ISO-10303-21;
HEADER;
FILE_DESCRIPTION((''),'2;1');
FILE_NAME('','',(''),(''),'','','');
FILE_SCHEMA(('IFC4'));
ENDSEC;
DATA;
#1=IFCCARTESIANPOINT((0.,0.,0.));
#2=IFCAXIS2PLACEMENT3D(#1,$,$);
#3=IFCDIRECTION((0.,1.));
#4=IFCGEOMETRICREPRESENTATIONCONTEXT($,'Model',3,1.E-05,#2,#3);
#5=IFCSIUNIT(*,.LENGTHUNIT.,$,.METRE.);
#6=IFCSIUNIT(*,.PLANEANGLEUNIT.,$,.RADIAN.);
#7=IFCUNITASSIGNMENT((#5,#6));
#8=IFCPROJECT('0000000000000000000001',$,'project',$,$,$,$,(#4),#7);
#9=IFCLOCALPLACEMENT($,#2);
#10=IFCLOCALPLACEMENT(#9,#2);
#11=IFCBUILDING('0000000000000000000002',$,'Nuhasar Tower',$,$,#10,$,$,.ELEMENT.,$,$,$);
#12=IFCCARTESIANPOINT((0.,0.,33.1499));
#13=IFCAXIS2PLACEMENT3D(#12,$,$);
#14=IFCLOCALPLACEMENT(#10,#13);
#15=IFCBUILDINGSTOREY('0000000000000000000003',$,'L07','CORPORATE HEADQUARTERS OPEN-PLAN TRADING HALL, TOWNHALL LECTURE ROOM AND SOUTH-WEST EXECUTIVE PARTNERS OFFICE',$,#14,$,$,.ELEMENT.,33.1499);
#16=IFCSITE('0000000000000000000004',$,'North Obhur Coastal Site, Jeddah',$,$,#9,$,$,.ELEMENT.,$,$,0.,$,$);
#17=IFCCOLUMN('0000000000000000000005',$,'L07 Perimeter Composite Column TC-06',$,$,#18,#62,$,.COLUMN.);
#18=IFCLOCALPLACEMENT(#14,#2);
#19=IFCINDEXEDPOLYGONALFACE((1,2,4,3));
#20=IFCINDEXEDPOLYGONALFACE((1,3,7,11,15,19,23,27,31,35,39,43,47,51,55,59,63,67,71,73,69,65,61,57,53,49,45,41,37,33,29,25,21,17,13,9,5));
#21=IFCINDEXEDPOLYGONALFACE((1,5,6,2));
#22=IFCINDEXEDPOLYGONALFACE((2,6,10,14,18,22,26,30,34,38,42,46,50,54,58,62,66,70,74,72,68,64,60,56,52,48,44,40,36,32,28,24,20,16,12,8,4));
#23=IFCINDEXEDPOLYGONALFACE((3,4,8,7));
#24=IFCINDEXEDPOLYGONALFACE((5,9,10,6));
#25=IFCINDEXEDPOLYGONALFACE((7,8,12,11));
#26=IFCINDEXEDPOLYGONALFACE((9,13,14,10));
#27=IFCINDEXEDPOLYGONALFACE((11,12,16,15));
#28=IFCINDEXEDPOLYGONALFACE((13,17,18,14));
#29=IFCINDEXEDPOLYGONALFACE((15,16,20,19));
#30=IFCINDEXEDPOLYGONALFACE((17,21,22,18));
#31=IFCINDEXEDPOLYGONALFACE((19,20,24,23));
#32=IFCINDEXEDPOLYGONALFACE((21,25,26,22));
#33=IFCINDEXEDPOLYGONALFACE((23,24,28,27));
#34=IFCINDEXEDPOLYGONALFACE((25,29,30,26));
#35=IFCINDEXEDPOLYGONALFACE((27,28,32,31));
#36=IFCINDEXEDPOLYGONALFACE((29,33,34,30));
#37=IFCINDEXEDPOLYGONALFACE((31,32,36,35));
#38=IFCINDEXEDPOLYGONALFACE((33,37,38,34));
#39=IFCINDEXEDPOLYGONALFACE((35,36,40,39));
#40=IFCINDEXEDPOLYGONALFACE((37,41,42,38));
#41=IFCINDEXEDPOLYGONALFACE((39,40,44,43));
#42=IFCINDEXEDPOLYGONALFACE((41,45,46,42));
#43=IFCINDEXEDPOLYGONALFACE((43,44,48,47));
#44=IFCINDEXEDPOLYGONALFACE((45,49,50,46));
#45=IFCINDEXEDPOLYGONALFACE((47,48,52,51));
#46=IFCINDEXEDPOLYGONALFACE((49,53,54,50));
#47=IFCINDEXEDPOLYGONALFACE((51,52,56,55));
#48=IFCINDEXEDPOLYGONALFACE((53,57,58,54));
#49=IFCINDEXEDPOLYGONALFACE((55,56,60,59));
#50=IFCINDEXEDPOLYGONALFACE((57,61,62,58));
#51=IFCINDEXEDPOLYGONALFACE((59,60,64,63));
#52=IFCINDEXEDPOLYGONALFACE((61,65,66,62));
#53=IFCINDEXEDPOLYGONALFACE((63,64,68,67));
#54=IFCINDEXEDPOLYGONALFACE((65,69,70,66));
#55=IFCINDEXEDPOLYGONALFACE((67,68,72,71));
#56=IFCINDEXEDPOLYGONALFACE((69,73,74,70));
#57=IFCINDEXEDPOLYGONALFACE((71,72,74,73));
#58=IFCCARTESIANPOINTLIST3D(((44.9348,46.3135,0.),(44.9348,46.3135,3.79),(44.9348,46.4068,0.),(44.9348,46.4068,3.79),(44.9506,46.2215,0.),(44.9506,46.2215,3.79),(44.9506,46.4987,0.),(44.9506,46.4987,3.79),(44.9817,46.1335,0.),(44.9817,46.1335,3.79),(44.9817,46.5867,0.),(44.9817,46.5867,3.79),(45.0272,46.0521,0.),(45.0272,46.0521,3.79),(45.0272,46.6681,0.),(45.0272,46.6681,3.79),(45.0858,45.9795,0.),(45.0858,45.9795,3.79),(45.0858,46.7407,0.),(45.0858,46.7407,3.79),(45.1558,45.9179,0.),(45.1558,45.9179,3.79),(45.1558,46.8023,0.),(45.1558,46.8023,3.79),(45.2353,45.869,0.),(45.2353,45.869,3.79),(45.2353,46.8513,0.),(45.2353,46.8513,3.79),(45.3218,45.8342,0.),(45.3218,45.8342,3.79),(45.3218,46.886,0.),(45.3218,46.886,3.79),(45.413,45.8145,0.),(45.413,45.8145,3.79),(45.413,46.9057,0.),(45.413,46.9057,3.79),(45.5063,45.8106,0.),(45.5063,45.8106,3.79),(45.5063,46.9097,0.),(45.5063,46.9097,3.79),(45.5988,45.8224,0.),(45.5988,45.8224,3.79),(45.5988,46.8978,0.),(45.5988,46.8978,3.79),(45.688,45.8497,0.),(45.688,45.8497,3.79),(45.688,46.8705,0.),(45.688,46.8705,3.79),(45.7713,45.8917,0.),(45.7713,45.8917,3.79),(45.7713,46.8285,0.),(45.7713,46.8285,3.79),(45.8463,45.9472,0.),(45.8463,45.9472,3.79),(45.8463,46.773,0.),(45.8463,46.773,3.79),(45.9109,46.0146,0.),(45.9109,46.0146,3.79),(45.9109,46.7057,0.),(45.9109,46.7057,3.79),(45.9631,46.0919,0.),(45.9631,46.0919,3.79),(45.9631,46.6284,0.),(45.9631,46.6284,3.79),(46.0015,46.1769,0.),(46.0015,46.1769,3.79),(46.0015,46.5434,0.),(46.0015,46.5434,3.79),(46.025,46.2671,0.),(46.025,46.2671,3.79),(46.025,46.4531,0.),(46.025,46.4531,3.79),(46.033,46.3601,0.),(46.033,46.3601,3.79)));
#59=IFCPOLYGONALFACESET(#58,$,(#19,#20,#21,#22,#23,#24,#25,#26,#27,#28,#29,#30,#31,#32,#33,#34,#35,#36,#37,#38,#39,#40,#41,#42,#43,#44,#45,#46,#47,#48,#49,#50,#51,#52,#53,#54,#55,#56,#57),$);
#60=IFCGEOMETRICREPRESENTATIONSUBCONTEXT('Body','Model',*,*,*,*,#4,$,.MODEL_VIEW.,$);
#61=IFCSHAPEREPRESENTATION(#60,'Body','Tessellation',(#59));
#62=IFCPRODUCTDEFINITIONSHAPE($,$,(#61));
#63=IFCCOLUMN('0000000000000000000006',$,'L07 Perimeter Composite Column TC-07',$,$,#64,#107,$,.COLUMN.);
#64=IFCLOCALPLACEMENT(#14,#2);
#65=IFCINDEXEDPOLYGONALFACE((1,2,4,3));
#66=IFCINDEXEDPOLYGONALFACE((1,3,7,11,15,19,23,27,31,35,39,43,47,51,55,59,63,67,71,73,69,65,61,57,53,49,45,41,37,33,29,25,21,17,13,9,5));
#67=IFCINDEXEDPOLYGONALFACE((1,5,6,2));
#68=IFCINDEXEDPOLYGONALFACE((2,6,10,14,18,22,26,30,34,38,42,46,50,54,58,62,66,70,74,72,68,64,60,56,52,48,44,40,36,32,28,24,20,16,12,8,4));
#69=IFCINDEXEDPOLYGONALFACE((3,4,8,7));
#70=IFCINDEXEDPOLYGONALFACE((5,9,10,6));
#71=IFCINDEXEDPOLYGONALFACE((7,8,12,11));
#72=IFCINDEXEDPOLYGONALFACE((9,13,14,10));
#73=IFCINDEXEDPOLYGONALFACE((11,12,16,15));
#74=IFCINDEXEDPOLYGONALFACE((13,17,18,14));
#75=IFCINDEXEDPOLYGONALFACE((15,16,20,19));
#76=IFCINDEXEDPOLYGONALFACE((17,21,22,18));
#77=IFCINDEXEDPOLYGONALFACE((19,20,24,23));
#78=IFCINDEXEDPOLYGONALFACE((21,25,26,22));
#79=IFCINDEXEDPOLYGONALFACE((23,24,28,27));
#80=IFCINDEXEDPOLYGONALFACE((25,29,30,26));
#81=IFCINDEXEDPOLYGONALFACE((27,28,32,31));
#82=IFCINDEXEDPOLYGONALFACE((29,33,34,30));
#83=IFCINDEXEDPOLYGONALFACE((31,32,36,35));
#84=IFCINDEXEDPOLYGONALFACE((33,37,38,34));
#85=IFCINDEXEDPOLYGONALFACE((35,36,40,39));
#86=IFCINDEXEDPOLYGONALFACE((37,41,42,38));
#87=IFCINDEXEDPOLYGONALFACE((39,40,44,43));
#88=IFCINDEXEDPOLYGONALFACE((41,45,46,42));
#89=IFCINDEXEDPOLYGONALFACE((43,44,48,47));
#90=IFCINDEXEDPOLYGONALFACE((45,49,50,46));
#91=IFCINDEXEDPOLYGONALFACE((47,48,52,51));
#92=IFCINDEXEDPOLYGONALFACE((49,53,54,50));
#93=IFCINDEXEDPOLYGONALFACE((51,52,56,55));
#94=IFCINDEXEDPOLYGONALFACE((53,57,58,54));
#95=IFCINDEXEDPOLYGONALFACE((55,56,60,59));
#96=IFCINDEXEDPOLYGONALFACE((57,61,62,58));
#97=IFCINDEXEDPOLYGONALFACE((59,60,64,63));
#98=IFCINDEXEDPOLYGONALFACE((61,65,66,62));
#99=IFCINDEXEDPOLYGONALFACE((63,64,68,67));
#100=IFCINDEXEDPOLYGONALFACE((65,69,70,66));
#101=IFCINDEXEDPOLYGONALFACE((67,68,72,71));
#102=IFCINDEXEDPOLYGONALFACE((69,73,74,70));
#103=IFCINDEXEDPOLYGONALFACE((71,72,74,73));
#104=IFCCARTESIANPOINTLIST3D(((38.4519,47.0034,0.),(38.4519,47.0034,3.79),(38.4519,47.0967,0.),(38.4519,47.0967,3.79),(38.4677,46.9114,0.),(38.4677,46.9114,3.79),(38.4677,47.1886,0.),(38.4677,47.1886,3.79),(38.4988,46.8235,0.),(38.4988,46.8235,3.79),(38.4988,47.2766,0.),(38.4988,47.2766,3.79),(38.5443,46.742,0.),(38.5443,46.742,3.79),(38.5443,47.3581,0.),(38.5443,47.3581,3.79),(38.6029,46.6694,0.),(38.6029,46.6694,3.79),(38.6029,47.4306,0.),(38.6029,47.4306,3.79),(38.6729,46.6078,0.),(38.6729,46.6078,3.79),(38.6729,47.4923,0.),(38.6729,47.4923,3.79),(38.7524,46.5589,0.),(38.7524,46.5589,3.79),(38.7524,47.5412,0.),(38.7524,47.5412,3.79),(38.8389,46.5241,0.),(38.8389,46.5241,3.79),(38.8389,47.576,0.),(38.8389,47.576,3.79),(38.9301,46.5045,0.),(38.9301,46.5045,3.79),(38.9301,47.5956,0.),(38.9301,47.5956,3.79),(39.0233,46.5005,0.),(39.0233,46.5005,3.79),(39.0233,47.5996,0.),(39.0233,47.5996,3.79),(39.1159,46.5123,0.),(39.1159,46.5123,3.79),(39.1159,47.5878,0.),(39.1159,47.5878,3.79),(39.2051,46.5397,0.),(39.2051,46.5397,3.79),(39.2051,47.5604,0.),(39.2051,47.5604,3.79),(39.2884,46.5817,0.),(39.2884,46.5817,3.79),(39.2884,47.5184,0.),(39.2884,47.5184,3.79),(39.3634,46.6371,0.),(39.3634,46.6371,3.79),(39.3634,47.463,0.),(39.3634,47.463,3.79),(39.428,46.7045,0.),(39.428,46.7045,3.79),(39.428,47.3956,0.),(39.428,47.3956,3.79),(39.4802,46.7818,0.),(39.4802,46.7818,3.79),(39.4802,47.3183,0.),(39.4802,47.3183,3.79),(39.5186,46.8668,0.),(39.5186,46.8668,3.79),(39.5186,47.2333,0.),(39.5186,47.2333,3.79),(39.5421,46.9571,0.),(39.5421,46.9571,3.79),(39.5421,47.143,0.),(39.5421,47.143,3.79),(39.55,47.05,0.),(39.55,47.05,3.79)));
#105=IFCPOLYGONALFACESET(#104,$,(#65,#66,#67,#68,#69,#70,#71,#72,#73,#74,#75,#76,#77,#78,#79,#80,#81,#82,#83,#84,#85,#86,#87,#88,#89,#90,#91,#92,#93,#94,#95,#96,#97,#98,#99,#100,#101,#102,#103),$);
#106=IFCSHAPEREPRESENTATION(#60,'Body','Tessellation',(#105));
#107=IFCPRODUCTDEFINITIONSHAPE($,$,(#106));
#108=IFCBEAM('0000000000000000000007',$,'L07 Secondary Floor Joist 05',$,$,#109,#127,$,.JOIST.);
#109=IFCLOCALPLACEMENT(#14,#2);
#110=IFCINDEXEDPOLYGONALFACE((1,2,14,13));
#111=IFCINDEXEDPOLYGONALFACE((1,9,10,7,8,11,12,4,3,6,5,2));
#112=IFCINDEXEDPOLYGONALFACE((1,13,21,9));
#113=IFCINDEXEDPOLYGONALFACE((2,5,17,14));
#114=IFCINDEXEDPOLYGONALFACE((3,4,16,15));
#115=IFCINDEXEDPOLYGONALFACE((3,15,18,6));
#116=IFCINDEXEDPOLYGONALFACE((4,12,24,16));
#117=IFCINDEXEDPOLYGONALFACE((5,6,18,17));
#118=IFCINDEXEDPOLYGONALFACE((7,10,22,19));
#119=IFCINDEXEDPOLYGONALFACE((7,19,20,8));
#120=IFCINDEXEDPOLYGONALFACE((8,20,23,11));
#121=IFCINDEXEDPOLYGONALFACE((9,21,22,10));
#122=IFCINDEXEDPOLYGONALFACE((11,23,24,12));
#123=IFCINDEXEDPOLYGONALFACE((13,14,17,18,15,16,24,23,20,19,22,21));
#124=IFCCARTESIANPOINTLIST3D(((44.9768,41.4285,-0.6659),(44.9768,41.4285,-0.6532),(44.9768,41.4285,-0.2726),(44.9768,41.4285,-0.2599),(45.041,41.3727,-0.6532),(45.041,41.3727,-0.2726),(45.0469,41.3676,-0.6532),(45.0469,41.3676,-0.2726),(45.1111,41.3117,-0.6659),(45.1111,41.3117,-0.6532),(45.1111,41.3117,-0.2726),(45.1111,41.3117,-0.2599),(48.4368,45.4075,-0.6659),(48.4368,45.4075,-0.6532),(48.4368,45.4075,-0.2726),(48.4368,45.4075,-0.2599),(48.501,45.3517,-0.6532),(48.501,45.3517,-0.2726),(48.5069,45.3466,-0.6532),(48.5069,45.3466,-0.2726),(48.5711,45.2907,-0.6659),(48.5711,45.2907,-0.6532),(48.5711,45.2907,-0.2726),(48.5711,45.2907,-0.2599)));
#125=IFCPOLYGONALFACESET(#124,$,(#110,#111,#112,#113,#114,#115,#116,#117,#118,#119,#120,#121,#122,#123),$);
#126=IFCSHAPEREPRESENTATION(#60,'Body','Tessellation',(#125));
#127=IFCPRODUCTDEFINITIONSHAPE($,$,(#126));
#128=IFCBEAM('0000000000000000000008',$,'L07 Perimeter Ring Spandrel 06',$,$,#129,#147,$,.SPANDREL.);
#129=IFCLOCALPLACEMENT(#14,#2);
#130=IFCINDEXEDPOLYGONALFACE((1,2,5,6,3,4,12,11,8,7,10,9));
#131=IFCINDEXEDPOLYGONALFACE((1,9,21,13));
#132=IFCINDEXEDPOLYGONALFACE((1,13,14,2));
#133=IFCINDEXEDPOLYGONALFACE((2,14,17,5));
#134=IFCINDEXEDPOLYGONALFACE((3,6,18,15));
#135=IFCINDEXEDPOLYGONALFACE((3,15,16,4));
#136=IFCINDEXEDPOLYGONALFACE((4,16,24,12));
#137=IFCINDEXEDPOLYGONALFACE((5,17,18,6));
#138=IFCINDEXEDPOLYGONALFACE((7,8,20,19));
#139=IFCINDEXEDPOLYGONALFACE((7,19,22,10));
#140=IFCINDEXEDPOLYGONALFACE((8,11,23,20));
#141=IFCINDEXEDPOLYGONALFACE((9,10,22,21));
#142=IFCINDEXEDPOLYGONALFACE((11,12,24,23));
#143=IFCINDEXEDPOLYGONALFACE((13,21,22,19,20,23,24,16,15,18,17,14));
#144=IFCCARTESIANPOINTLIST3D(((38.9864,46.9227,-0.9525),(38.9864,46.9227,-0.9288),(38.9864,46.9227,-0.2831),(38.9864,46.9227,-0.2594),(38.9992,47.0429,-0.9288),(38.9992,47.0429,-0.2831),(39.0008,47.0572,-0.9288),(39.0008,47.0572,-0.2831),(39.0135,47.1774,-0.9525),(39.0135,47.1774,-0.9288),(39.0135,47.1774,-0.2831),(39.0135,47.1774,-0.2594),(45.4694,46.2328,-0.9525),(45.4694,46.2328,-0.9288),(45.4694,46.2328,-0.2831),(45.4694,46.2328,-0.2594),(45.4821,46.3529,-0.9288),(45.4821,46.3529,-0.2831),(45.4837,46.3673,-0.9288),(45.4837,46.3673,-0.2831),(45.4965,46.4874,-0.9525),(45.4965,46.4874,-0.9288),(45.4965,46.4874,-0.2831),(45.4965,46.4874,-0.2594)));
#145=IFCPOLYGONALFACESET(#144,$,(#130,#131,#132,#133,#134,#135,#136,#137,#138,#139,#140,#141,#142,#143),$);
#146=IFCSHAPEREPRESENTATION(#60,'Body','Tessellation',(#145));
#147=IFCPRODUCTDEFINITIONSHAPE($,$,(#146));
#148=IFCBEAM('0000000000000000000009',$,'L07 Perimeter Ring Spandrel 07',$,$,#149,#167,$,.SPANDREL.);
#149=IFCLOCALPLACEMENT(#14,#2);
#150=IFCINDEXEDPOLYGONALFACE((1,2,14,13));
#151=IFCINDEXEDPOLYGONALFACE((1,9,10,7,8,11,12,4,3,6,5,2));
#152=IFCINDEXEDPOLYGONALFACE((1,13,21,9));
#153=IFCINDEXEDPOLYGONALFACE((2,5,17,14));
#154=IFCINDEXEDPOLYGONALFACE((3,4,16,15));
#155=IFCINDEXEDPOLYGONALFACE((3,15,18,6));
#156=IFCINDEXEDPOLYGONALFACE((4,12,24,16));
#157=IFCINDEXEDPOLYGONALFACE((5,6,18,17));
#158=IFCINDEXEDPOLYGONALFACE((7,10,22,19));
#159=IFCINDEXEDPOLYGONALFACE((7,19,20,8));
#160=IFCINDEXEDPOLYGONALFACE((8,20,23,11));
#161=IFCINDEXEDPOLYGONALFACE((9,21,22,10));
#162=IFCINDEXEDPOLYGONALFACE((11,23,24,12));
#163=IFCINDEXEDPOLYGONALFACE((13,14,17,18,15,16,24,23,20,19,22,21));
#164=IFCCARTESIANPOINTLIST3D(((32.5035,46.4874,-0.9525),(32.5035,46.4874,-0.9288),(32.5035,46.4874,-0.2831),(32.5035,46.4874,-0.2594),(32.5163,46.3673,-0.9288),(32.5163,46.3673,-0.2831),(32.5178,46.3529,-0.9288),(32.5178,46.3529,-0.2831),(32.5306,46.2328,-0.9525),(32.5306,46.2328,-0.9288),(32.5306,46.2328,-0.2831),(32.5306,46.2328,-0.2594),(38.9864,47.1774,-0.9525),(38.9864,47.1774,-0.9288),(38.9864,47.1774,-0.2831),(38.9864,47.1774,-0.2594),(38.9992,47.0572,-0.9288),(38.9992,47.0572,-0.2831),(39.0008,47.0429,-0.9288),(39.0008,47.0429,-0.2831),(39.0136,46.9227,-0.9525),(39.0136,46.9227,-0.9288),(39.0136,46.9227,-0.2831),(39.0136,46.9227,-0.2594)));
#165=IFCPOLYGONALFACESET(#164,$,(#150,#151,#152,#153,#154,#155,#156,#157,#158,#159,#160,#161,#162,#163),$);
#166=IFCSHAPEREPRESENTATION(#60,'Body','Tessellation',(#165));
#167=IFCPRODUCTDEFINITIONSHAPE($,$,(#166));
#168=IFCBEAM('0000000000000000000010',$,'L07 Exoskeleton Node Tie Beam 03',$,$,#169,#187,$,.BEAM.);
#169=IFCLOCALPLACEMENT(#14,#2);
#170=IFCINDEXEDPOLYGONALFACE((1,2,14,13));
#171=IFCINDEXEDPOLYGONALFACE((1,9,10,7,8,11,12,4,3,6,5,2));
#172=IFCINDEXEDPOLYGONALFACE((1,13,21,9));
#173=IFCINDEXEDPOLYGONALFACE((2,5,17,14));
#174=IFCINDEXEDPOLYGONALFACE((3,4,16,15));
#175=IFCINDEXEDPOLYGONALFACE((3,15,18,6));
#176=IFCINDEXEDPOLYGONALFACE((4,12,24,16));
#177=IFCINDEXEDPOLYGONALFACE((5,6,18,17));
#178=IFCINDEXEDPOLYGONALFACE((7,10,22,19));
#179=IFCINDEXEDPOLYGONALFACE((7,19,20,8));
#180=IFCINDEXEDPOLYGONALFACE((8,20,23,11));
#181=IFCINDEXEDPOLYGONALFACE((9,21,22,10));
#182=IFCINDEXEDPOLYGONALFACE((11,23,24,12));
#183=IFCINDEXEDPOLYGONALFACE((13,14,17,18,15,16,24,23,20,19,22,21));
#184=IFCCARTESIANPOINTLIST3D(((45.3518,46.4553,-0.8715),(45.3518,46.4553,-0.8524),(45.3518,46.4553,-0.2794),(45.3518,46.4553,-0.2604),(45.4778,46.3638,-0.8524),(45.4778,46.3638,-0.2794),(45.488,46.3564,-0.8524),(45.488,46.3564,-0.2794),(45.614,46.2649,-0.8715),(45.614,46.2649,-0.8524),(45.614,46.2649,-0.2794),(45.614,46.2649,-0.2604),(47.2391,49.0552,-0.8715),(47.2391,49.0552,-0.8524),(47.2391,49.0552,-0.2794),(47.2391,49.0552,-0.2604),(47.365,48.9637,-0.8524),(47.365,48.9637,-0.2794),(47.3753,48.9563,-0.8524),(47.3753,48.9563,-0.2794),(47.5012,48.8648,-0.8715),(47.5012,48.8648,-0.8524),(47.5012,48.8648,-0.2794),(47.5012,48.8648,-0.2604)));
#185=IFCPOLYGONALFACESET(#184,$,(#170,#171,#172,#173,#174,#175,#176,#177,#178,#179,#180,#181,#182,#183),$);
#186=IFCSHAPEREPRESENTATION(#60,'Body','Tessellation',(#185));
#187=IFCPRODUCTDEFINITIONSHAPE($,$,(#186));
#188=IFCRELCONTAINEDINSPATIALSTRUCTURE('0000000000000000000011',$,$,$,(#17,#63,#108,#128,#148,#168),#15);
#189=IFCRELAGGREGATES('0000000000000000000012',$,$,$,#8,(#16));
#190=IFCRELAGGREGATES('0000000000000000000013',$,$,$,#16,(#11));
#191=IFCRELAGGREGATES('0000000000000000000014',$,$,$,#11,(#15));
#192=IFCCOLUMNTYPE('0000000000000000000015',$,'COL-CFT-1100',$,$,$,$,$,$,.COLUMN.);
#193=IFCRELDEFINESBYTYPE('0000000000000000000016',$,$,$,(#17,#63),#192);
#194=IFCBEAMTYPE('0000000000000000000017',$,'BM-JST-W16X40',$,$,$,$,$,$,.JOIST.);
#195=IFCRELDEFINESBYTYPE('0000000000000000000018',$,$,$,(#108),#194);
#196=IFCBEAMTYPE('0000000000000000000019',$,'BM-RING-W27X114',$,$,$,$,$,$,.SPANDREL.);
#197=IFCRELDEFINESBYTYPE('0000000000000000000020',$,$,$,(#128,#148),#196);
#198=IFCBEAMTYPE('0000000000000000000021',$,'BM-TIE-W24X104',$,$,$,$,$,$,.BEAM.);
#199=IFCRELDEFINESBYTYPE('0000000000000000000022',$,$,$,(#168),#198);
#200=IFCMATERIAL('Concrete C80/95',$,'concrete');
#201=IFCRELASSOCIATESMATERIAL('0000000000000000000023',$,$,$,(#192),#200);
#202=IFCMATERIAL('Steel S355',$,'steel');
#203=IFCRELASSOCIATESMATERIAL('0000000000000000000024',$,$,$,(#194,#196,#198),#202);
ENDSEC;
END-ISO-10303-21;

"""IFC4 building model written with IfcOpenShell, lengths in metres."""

from ifc_helpers import new_model, si_unit, direction, frame, origin, origin_2d, place, context, subcontext, project, spatial, circle, i_section, extrude, material, material_profile, profile_set, type_object, element, save


model = new_model("IFC4")

# Units and contexts
model_context = context("Model", 3, precision=1e-05, world=origin(), true_north=direction((0.0, 1.0)))
body_context = subcontext(model_context, "Body", "Model", "MODEL_VIEW")
ifc_project = project(units=[si_unit("LENGTHUNIT", "METRE"), si_unit("PLANEANGLEUNIT", "RADIAN")], contexts=[model_context])

# Site, building, storey
site_placement = place(None, origin())
site = spatial("IfcSite", under=ifc_project, at=site_placement, Name="North Obhur Coastal Site, Jeddah", CompositionType="ELEMENT", RefElevation=0.0)
building_placement = place(site_placement, origin())
building = spatial("IfcBuilding", under=site, at=building_placement, Name="Nuhasar Tower", CompositionType="ELEMENT")
storey_placement = place(building_placement, frame((0.0, 0.0, 33.1499)))
storey = spatial("IfcBuildingStorey", under=building, at=storey_placement, Name="L07", Description="CORPORATE HEADQUARTERS OPEN-PLAN TRADING HALL, TOWNHALL LECTURE ROOM AND SOUTH-WEST EXECUTIVE PARTNERS OFFICE", CompositionType="ELEMENT", Elevation=33.1499)

# Columns
ifc_material_1 = material(Name="Concrete C80/95", Category="concrete")
ifc_material_profile_1 = material_profile(ifc_material_1, circle(Radius=0.55, at=origin_2d()), Name="CFT1100")
ifc_profile_set_1 = profile_set([ifc_material_profile_1], Name="Concrete C80/95")
column_type = type_object("IfcColumnType", Name="COL-CFT-1100", PredefinedType="COLUMN", material=ifc_profile_set_1)
for number, where, z_axis, x_axis, name in (
    (1, (45.4829, 46.3601, 0.0), (0.0, 0.0, 1.0), (1.0, 0.0, 0.0), "L07 Perimeter Composite Column TC-06"),
    (2, (39.0, 47.05, 0.0), (0.0, 0.0, 1.0), (1.0, 0.0, 0.0), "L07 Perimeter Composite Column TC-07"),
):
    element("IfcColumn", number, at=place(storey_placement, frame(where, z_axis=z_axis, x_axis=x_axis)), inside=storey, type_object=column_type, Name=name, PredefinedType="COLUMN", context=body_context, shape_type="SweptSolid", body=[
        extrude(circle(Radius=0.55, at=origin_2d()), origin(), (0.0, 0.0, 1.0), 3.79),
    ])

# Beams
ifc_material_2 = material(Name="Steel S355", Category="steel")
ifc_material_profile_2 = material_profile(ifc_material_2, i_section(OverallWidth=0.178, OverallDepth=0.406, WebThickness=0.0078, FlangeThickness=0.0127, at=origin_2d()), Name="W16X40")
ifc_profile_set_2 = profile_set([ifc_material_profile_2], Name="Steel S355")
beam_type_1 = type_object("IfcBeamType", Name="BM-JST-W16X40", PredefinedType="JOIST", material=ifc_profile_set_2)
beam_1_placement = place(storey_placement, frame((45.0439, 41.3701, -0.4629), z_axis=(0.656174, 0.75461, 0.0), x_axis=(-0.75461, 0.656174, 0.0)))
element("IfcBeam", 3, at=beam_1_placement, inside=storey, type_object=beam_type_1, Name="L07 Secondary Floor Joist 05", PredefinedType="JOIST", context=body_context, shape_type="SweptSolid", body=[
    extrude(i_section(OverallWidth=0.178, OverallDepth=0.406, WebThickness=0.0078, FlangeThickness=0.0127, at=origin_2d()), origin(), (0.0, 0.0, 1.0), 5.2729),
])
ifc_material_profile_3 = material_profile(ifc_material_2, i_section(OverallWidth=0.2561, OverallDepth=0.6931, WebThickness=0.0144, FlangeThickness=0.0237, at=origin_2d()), Name="W27X114")
ifc_profile_set_3 = profile_set([ifc_material_profile_3], Name="Steel S355")
beam_type_2 = type_object("IfcBeamType", Name="BM-RING-W27X114", PredefinedType="SPANDREL", material=ifc_profile_set_3)
for number, where, z_axis, x_axis, name in (
    (4, (45.4829, 46.3601, -0.606), (-0.994385, 0.105827, 0.0), (-0.105827, -0.994385, 0.0), "L07 Perimeter Ring Spandrel 06"),
    (5, (39.0, 47.05, -0.606), (-0.994385, -0.105827, 0.0), (0.105827, -0.994385, 0.0), "L07 Perimeter Ring Spandrel 07"),
):
    element("IfcBeam", number, at=place(storey_placement, frame(where, z_axis=z_axis, x_axis=x_axis)), inside=storey, type_object=beam_type_2, Name=name, PredefinedType="SPANDREL", context=body_context, shape_type="SweptSolid", body=[
        extrude(i_section(OverallWidth=0.2561, OverallDepth=0.6931, WebThickness=0.0144, FlangeThickness=0.0237, at=origin_2d()), origin(), (0.0, 0.0, 1.0), 6.5195),
    ])
ifc_material_profile_4 = material_profile(ifc_material_2, i_section(OverallWidth=0.324, OverallDepth=0.6111, WebThickness=0.0127, FlangeThickness=0.019, at=origin_2d()), Name="W24X104")
ifc_profile_set_4 = profile_set([ifc_material_profile_4], Name="Steel S355")
beam_type_3 = type_object("IfcBeamType", Name="BM-TIE-W24X104", PredefinedType="BEAM", material=ifc_profile_set_4)
beam_2_placement = place(storey_placement, frame((45.4829, 46.3601, -0.5659), z_axis=(0.587439, 0.809268, 0.0), x_axis=(-0.809268, 0.587439, 0.0)))
element("IfcBeam", 6, at=beam_2_placement, inside=storey, type_object=beam_type_3, Name="L07 Exoskeleton Node Tie Beam 03", PredefinedType="BEAM", context=body_context, shape_type="SweptSolid", body=[
    extrude(i_section(OverallWidth=0.324, OverallDepth=0.6111, WebThickness=0.0127, FlangeThickness=0.019, at=origin_2d()), origin(), (0.0, 0.0, 1.0), 3.2126),
])

save(model, "model.ifc")
